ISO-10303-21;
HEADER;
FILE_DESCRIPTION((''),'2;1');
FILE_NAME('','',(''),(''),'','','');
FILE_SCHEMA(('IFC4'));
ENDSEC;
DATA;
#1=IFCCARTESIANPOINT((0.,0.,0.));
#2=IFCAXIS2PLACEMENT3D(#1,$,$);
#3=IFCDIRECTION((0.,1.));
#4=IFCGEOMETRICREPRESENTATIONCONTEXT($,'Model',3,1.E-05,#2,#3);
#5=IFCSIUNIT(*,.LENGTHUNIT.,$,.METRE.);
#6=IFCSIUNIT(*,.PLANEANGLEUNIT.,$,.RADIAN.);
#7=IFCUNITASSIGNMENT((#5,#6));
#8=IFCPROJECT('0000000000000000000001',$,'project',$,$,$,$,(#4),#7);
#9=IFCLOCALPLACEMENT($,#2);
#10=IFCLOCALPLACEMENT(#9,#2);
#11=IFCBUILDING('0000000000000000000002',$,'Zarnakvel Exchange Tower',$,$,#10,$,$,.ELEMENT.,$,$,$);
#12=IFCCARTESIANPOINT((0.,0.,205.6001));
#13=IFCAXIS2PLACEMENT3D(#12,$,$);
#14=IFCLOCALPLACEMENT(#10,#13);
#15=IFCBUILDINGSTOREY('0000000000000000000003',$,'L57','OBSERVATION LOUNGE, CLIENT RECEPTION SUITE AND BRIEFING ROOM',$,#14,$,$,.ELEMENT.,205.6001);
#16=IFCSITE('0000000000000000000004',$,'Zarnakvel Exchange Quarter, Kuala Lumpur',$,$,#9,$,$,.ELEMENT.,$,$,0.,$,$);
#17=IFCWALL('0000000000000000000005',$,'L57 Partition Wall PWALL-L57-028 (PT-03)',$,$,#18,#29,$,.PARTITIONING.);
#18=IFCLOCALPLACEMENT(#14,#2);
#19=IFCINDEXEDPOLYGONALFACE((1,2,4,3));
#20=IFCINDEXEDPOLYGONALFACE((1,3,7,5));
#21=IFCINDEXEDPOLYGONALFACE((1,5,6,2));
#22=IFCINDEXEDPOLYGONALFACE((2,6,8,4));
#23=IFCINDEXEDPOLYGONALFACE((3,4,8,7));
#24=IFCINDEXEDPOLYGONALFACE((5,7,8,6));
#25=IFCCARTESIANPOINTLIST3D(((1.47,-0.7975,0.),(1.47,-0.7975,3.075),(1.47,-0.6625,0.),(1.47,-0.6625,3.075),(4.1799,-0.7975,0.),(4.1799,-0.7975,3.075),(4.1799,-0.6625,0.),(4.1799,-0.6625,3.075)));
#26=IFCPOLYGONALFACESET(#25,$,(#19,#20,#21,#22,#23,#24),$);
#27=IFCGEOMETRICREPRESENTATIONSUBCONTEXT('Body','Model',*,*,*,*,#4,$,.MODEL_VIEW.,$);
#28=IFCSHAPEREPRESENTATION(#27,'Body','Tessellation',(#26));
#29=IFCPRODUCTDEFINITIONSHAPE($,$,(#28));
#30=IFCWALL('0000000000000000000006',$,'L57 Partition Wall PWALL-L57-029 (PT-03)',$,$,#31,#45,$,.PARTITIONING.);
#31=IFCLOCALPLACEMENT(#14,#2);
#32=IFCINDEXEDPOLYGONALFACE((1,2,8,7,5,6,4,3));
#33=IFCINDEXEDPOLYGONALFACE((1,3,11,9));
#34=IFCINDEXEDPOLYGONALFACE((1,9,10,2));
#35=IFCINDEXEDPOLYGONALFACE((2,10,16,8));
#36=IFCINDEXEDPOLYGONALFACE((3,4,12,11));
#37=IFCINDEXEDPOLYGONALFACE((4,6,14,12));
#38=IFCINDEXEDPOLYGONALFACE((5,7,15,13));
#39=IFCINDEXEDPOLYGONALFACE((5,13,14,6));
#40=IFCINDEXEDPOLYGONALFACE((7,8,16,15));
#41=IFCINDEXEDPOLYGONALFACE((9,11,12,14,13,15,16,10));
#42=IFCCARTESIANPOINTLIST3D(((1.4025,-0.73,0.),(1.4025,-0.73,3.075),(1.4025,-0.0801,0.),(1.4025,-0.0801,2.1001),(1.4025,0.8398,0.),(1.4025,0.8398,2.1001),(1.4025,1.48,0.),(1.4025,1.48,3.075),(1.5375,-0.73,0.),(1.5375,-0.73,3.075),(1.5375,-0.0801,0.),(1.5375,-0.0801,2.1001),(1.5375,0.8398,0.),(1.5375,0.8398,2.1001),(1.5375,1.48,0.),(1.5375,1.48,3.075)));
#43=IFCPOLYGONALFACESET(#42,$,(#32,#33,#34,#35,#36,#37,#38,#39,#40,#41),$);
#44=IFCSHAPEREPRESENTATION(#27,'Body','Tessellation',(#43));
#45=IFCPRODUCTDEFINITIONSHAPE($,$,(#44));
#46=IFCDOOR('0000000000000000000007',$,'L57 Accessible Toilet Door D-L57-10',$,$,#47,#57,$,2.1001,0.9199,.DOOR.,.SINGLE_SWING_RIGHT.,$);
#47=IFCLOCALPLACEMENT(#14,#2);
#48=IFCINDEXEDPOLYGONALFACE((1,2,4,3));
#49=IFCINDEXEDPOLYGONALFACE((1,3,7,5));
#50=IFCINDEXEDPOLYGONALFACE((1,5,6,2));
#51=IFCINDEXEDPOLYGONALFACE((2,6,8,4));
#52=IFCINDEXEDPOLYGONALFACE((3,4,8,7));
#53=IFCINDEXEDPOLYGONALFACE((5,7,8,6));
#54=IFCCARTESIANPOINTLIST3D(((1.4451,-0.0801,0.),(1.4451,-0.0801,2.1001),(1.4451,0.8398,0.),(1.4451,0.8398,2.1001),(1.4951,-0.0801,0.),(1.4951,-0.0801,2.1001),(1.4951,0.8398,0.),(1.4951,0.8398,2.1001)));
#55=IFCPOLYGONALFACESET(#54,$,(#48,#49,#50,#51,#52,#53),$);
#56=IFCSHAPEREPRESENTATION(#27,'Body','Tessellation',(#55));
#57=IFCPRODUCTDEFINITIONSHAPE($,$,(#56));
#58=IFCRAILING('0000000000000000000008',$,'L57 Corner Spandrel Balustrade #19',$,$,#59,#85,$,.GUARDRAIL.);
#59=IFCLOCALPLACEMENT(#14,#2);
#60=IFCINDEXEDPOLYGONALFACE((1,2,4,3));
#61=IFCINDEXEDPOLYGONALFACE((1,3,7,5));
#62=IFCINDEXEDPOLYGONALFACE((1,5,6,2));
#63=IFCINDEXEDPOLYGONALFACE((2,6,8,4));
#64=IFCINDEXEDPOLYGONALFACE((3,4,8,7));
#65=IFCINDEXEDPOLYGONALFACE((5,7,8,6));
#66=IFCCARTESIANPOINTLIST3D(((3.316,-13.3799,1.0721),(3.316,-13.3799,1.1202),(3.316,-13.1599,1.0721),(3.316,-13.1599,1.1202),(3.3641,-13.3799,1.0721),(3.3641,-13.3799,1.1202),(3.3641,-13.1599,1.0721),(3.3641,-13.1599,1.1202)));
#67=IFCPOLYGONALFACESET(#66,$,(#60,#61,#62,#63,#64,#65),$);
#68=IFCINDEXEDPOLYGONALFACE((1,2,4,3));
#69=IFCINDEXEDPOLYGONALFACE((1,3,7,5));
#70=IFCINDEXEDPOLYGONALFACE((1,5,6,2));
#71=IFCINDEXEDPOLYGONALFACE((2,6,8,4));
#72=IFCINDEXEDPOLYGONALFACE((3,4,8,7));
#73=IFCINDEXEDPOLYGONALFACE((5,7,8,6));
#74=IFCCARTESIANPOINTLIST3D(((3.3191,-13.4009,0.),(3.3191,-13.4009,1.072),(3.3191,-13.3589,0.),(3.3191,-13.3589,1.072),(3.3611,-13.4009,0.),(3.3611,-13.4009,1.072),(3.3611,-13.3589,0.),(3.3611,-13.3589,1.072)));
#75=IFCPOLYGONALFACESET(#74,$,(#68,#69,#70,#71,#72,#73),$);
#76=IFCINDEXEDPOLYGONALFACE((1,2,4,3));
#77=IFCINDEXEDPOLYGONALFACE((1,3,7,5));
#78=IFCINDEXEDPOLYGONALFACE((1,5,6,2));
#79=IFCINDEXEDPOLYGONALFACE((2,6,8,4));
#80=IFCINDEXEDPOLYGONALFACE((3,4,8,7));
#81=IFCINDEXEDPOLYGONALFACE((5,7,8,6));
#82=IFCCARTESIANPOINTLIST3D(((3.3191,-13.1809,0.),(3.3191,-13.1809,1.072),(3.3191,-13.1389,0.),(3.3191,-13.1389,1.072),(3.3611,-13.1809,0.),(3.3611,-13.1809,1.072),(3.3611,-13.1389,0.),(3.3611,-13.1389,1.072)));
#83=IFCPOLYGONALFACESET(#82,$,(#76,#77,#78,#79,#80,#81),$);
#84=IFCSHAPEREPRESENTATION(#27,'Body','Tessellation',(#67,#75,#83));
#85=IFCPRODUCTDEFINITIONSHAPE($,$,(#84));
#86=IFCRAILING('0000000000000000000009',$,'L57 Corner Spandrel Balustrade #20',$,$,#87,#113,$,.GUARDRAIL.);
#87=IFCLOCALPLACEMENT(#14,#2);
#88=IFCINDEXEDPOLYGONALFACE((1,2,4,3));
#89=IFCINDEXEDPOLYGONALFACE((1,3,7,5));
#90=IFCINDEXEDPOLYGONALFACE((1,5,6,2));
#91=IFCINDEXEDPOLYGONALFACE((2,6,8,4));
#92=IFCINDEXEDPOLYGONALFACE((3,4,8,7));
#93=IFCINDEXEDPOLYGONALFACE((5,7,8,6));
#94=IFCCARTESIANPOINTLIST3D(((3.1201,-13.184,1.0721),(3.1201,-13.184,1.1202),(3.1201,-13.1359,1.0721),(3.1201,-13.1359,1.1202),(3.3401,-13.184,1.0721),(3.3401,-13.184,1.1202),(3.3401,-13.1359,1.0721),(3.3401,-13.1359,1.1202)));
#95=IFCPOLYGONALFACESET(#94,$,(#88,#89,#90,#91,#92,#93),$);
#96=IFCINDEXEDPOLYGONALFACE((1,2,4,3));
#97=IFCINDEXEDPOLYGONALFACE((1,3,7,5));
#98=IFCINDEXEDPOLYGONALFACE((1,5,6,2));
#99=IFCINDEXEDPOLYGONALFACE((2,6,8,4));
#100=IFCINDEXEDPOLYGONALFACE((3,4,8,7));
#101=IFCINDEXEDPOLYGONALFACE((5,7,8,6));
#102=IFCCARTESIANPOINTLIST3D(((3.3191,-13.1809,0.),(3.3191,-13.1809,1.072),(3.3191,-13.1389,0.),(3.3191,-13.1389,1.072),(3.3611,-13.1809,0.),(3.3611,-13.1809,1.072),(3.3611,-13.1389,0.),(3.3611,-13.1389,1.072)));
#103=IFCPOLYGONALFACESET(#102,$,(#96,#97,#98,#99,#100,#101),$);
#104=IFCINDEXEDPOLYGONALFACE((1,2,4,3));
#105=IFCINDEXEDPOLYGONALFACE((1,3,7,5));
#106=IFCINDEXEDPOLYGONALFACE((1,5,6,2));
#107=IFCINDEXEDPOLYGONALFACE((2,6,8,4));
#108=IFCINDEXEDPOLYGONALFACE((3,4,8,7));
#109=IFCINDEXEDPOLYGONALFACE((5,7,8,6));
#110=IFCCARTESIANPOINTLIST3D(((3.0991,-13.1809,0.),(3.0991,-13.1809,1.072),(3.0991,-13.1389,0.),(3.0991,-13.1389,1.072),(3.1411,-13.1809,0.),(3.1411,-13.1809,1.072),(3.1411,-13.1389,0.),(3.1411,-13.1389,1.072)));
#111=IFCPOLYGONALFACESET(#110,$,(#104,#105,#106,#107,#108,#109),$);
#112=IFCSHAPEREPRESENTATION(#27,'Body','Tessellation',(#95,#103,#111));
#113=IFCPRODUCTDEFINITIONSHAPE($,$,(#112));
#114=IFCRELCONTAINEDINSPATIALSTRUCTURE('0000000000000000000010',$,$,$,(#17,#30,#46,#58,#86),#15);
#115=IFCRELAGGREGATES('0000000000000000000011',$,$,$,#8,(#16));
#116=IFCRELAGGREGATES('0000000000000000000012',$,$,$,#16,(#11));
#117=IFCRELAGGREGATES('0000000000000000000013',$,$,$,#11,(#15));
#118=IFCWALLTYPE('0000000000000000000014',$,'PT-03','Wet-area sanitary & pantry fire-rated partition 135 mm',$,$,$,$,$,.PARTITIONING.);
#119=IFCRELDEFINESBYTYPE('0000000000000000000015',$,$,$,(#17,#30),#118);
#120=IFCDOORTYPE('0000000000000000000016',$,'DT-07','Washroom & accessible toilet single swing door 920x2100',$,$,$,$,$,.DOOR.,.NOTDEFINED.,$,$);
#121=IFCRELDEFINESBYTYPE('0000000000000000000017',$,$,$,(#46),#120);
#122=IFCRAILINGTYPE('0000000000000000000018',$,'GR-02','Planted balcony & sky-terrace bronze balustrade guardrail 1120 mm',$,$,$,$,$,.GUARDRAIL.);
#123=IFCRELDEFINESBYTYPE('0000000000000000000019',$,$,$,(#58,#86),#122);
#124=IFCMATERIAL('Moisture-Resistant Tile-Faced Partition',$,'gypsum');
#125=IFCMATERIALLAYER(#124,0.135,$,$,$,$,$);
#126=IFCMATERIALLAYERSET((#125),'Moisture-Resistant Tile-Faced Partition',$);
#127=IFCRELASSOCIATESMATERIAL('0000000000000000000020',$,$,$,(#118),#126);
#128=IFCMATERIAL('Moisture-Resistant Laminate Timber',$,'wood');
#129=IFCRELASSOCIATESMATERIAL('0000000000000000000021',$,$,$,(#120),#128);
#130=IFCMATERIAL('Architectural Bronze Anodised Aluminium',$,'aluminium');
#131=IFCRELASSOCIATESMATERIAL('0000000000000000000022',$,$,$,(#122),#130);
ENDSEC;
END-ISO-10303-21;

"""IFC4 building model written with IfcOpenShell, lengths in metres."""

from ifc_helpers import new_model, si_unit, direction, frame, frame_2d, origin, origin_2d, place, context, subcontext, project, spatial, rectangle, extrude, source, transform, mapped, material, layer, layer_set, type_object, element, fill, save


model = new_model("IFC4")

# Units and contexts
model_context = context("Model", 3, precision=1e-05, world=origin(), true_north=direction((0.0, 1.0)))
body_context = subcontext(model_context, "Body", "Model", "MODEL_VIEW")
ifc_project = project(units=[si_unit("LENGTHUNIT", "METRE"), si_unit("PLANEANGLEUNIT", "RADIAN")], contexts=[model_context])

# Site, building, storey
site_placement = place(None, origin())
site = spatial("IfcSite", under=ifc_project, at=site_placement, Name="Zarnakvel Exchange Quarter, Kuala Lumpur", CompositionType="ELEMENT", RefElevation=0.0)
building_placement = place(site_placement, origin())
building = spatial("IfcBuilding", under=site, at=building_placement, Name="Zarnakvel Exchange Tower", CompositionType="ELEMENT")
storey_placement = place(building_placement, frame((0.0, 0.0, 205.6001)))
storey = spatial("IfcBuildingStorey", under=building, at=storey_placement, Name="L57", Description="OBSERVATION LOUNGE, CLIENT RECEPTION SUITE AND BRIEFING ROOM", CompositionType="ELEMENT", Elevation=205.6001)

# Shared definitions
ifc_material_1 = material(Name="Architectural Bronze Anodised Aluminium", Category="aluminium")

# Wall
ifc_material_2 = material(Name="Moisture-Resistant Tile-Faced Partition", Category="gypsum")
ifc_layer_1 = layer(ifc_material_2, 0.135)
ifc_layer_set_1 = layer_set([ifc_layer_1], Name="Moisture-Resistant Tile-Faced Partition")
wall_type_1 = type_object("IfcWallType", Name="PT-03", Description="Wet-area sanitary & pantry fire-rated partition 135 mm", PredefinedType="PARTITIONING", material=ifc_layer_set_1)
wall_1_placement = place(storey_placement, frame((4.1799, -0.73, 0.0), z_axis=(0.0, 0.0, 1.0), x_axis=(-1.0, 0.0, 0.0)))
element("IfcWall", 1, at=wall_1_placement, inside=storey, type_object=wall_type_1, Name="L57 Partition Wall PWALL-L57-028 (PT-03)", PredefinedType="PARTITIONING", context=body_context, shape_type="SweptSolid", body=[
    extrude(rectangle(XDim=2.71, YDim=0.135, at=frame_2d((1.355, 0.0))), origin(), (0.0, 0.0, 1.0), 3.075),
])

# Wall, opening, door
wall_2_placement = place(storey_placement, frame((1.47, -0.73, 0.0), z_axis=(0.0, 0.0, 1.0), x_axis=(0.0, 1.0, 0.0)))
wall_2 = element("IfcWall", 2, at=wall_2_placement, inside=storey, type_object=wall_type_1, Name="L57 Partition Wall PWALL-L57-029 (PT-03)", PredefinedType="PARTITIONING", context=body_context, shape_type="SweptSolid", body=[
    extrude(rectangle(XDim=2.21, YDim=0.135, at=frame_2d((1.105, 0.0))), origin(), (0.0, 0.0, 1.0), 3.075),
])
opening_1_placement = place(wall_2_placement, frame((0.6499, 0.0, 0.0)))
opening_1 = element("IfcOpeningElement", 3, at=opening_1_placement, cuts=wall_2, PredefinedType="OPENING", context=body_context, shape_type="SweptSolid", body=[
    extrude(rectangle(XDim=0.9199, YDim=2.1001, at=frame_2d((0.46, 1.05))), frame((0.0, 0.0774, 0.0), z_axis=(0.0, -1.0, 0.0), x_axis=(1.0, 0.0, 0.0)), (0.0, 0.0, 1.0), 0.155),
])
ifc_material_3 = material(Name="Moisture-Resistant Laminate Timber", Category="wood")
door_type_1 = type_object("IfcDoorType", Name="DT-07", Description="Washroom & accessible toilet single swing door 920x2100", OperationType="NOTDEFINED", PredefinedType="DOOR", material=ifc_material_3)
shared_shape_1 = source(origin(), body_context, "Body", "SweptSolid", [
    extrude(rectangle(XDim=0.9199, YDim=2.1001, at=frame_2d((0.46, 1.05))), frame((0.0, 0.0249, 0.0), z_axis=(0.0, -1.0, 0.0), x_axis=(1.0, 0.0, 0.0)), (0.0, 0.0, 1.0), 0.05),
])
door_1_placement = place(opening_1_placement, origin())
door_1 = element("IfcDoor", 4, at=door_1_placement, inside=storey, type_object=door_type_1, Name="L57 Accessible Toilet Door D-L57-10", OperationType="SINGLE_SWING_RIGHT", OverallHeight=2.1001, OverallWidth=0.9199, PredefinedType="DOOR", context=body_context, shape_type="MappedRepresentation", body=[
    mapped(shared_shape_1, transform((0.0, 0.0, 0.0), x_axis=(1.0, 0.0, 0.0), y_axis=(0.0, 1.0, 0.0), z_axis=(0.0, 0.0, 1.0), scale=1.0)),
])
fill(opening_1, door_1)

# Railings
railing_type = type_object("IfcRailingType", Name="GR-02", Description="Planted balcony & sky-terrace bronze balustrade guardrail 1120 mm", PredefinedType="GUARDRAIL", material=ifc_material_1)
railing_1_placement = place(storey_placement, frame((3.3401, -13.3799, 0.0)))
element("IfcRailing", 5, at=railing_1_placement, inside=storey, type_object=railing_type, Name="L57 Corner Spandrel Balustrade #19", PredefinedType="GUARDRAIL", context=body_context, shape_type="SweptSolid", body=[
    extrude(rectangle(XDim=0.0481, YDim=0.0481, at=origin_2d()), frame((0.0, 0.0, 1.0962), z_axis=(0.0, 1.0, 0.0), x_axis=(-1.0, 0.0, 0.0)), (0.0, 0.0, 1.0), 0.22),
    extrude(rectangle(XDim=0.042, YDim=0.042, at=origin_2d()), origin(), (0.0, 0.0, 1.0), 1.072),
    extrude(rectangle(XDim=0.042, YDim=0.042, at=origin_2d()), frame((0.0, 0.22, 0.0)), (0.0, 0.0, 1.0), 1.072),
])
railing_2_placement = place(storey_placement, frame((3.3401, -13.1599, 0.0)))
element("IfcRailing", 6, at=railing_2_placement, inside=storey, type_object=railing_type, Name="L57 Corner Spandrel Balustrade #20", PredefinedType="GUARDRAIL", context=body_context, shape_type="SweptSolid", body=[
    extrude(rectangle(XDim=0.0481, YDim=0.0481, at=origin_2d()), frame((0.0, 0.0, 1.0962), z_axis=(-1.0, 0.0, 0.0), x_axis=(0.0, -1.0, 0.0)), (0.0, 0.0, 1.0), 0.22),
    extrude(rectangle(XDim=0.042, YDim=0.042, at=origin_2d()), origin(), (0.0, 0.0, 1.0), 1.072),
    extrude(rectangle(XDim=0.042, YDim=0.042, at=origin_2d()), frame((-0.22, 0.0, 0.0)), (0.0, 0.0, 1.0), 1.072),
])

save(model, "model.ifc")
